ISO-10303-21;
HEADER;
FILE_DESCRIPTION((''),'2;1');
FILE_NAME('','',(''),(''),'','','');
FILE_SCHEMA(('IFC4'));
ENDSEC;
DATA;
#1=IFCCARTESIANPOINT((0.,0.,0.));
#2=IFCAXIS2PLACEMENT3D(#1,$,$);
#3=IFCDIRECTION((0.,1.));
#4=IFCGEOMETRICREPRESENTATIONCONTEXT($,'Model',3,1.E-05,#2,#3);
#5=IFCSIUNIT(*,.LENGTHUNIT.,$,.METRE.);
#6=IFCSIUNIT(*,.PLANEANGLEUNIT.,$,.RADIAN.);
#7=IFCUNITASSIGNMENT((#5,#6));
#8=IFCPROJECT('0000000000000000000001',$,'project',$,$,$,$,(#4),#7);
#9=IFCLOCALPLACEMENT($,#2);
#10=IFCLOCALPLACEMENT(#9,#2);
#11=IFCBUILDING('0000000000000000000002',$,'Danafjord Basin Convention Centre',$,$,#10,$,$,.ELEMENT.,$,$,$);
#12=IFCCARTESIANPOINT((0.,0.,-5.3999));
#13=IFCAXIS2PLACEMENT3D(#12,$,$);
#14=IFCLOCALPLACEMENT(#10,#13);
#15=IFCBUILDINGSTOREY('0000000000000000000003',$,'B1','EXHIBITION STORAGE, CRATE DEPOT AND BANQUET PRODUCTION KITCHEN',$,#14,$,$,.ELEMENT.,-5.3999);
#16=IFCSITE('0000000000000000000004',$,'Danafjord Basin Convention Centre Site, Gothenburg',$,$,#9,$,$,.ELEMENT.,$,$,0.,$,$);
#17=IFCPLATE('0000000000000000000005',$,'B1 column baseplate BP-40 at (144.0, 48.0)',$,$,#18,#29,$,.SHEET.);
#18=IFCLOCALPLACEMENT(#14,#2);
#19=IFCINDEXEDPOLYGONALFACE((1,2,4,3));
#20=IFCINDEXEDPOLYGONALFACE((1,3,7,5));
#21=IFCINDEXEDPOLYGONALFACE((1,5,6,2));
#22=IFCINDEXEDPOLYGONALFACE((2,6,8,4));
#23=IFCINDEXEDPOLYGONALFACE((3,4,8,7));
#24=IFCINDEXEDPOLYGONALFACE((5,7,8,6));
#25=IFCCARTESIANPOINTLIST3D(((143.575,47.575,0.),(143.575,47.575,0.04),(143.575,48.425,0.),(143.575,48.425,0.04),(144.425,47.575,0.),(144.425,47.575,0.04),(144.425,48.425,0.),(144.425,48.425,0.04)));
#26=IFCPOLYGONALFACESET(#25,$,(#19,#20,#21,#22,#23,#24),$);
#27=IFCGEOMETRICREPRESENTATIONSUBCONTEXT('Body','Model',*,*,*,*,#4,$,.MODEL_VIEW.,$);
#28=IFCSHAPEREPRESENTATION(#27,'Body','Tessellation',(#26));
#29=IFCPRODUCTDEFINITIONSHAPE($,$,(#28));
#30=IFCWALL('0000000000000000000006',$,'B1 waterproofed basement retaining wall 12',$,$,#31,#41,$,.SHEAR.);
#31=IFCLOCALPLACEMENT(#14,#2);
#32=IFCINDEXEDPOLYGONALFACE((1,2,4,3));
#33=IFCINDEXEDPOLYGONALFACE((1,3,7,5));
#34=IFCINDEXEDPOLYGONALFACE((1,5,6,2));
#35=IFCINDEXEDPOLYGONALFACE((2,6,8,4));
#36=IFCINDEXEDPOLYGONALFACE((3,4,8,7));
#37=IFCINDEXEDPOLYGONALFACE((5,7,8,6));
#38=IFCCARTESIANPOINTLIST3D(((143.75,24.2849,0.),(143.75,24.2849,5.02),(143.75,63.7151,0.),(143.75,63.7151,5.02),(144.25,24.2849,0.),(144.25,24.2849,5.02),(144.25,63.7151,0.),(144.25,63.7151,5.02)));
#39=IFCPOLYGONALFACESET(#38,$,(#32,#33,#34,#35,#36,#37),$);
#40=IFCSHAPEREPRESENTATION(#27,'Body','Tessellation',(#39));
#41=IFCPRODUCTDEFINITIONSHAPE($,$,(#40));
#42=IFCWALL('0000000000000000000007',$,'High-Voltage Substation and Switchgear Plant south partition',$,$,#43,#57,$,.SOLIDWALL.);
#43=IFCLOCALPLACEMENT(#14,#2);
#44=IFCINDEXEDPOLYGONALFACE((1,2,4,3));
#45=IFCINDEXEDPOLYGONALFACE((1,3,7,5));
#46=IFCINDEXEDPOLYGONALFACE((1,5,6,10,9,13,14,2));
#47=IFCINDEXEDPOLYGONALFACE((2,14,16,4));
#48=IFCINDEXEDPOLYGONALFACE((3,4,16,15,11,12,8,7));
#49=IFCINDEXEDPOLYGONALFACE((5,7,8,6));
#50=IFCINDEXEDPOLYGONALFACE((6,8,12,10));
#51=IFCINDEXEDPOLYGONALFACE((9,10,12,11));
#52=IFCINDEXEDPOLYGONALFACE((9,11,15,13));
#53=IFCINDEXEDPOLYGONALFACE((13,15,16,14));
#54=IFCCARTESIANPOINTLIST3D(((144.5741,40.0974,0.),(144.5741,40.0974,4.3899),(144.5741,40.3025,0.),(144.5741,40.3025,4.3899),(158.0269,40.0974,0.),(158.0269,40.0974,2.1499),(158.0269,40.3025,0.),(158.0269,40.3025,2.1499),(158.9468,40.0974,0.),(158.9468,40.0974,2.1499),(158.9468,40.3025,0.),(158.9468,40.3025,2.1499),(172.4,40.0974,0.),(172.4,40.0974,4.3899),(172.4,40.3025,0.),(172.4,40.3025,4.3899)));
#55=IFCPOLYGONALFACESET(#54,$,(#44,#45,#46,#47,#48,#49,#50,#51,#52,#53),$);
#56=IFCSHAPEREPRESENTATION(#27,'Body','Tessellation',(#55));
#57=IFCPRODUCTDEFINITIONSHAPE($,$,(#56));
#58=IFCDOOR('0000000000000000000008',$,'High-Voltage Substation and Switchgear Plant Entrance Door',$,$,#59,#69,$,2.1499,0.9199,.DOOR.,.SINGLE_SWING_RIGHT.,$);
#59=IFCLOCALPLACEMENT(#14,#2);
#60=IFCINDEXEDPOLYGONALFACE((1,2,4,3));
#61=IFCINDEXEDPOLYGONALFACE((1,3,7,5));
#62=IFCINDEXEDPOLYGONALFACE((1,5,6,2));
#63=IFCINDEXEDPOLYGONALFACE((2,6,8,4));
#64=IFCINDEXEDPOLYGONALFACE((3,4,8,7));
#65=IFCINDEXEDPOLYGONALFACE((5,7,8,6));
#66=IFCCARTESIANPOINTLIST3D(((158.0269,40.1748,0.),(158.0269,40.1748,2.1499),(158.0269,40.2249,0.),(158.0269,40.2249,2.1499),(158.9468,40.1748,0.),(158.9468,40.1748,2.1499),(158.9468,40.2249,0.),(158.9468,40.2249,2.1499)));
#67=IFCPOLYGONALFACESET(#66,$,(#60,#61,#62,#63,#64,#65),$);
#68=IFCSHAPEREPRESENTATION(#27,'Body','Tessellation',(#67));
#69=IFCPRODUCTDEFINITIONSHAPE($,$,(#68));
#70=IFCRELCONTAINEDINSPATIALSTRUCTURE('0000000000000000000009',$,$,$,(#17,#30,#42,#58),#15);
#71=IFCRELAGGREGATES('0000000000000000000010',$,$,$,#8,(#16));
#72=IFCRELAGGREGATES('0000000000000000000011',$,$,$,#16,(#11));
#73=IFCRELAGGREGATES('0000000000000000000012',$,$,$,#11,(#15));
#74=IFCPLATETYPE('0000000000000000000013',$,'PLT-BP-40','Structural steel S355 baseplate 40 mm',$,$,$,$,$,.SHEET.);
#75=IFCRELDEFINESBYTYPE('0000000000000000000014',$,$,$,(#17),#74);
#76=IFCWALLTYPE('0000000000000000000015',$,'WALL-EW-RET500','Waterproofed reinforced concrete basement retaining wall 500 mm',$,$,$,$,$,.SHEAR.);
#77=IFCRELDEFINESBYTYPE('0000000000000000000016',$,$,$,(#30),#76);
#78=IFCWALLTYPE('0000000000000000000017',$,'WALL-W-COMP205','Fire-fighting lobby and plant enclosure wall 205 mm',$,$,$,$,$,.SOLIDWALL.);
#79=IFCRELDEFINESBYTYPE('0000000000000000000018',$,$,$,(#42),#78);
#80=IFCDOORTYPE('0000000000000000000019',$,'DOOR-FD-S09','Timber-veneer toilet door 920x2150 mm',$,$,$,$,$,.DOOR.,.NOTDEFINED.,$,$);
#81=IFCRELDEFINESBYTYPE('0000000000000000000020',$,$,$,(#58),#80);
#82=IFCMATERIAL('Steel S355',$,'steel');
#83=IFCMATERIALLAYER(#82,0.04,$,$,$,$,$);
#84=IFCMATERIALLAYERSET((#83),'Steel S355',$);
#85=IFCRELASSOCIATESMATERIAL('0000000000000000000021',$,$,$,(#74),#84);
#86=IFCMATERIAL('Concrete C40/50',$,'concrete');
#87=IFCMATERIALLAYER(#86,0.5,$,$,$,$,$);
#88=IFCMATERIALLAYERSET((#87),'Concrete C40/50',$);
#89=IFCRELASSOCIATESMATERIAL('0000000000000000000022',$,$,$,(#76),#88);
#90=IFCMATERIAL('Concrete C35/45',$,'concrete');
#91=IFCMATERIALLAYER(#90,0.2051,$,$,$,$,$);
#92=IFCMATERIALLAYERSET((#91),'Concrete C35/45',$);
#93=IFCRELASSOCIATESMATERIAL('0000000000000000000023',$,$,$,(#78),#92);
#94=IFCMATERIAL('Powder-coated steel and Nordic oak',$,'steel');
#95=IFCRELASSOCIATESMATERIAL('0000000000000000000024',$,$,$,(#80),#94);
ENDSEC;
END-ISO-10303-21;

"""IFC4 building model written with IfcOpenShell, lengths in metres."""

from ifc_helpers import new_model, si_unit, direction, frame, frame_2d, origin, origin_2d, place, context, subcontext, project, spatial, rectangle, extrude, material, layer, layer_set, type_object, element, fill, save


model = new_model("IFC4")

# Units and contexts
model_context = context("Model", 3, precision=1e-05, world=origin(), true_north=direction((0.0, 1.0)))
body_context = subcontext(model_context, "Body", "Model", "MODEL_VIEW")
ifc_project = project(units=[si_unit("LENGTHUNIT", "METRE"), si_unit("PLANEANGLEUNIT", "RADIAN")], contexts=[model_context])

# Site, building, storey
site_placement = place(None, origin())
site = spatial("IfcSite", under=ifc_project, at=site_placement, Name="Danafjord Basin Convention Centre Site, Gothenburg", CompositionType="ELEMENT", RefElevation=0.0)
building_placement = place(site_placement, origin())
building = spatial("IfcBuilding", under=site, at=building_placement, Name="Danafjord Basin Convention Centre", CompositionType="ELEMENT")
storey_placement = place(building_placement, frame((0.0, 0.0, -5.3999)))
storey = spatial("IfcBuildingStorey", under=building, at=storey_placement, Name="B1", Description="EXHIBITION STORAGE, CRATE DEPOT AND BANQUET PRODUCTION KITCHEN", CompositionType="ELEMENT", Elevation=-5.3999)

# Shared definitions
ifc_material_1 = material(Name="Concrete C40/50", Category="concrete")
ifc_material_2 = material(Name="Concrete C35/45", Category="concrete")

# Plate
ifc_material_3 = material(Name="Steel S355", Category="steel")
ifc_layer_1 = layer(ifc_material_3, 0.04)
ifc_layer_set_1 = layer_set([ifc_layer_1], Name="Steel S355")
plate_type = type_object("IfcPlateType", Name="PLT-BP-40", Description="Structural steel S355 baseplate 40 mm", PredefinedType="SHEET", material=ifc_layer_set_1)
plate_placement = place(storey_placement, frame((144.0, 48.0, 0.0), z_axis=(0.0, 0.0, 1.0), x_axis=(1.0, 0.0, 0.0)))
element("IfcPlate", 1, at=plate_placement, inside=storey, type_object=plate_type, Name="B1 column baseplate BP-40 at (144.0, 48.0)", PredefinedType="SHEET", context=body_context, shape_type="SweptSolid", body=[
    extrude(rectangle(XDim=0.8501, YDim=0.8501, at=origin_2d()), origin(), (0.0, 0.0, 1.0), 0.04),
])

# Wall
ifc_layer_2 = layer(ifc_material_1, 0.5)
ifc_layer_set_2 = layer_set([ifc_layer_2], Name="Concrete C40/50")
wall_type_1 = type_object("IfcWallType", Name="WALL-EW-RET500", Description="Waterproofed reinforced concrete basement retaining wall 500 mm", PredefinedType="SHEAR", material=ifc_layer_set_2)
wall_1_placement = place(storey_placement, frame((144.0, 24.2849, 0.0), z_axis=(0.0, 0.0, 1.0), x_axis=(0.0, 1.0, 0.0)))
element("IfcWall", 2, at=wall_1_placement, inside=storey, type_object=wall_type_1, Name="B1 waterproofed basement retaining wall 12", PredefinedType="SHEAR", context=body_context, shape_type="SweptSolid", body=[
    extrude(rectangle(XDim=39.4302, YDim=0.5, at=frame_2d((19.7151, 0.0))), origin(), (0.0, 0.0, 1.0), 5.02),
])

# Wall, opening, door
ifc_layer_3 = layer(ifc_material_2, 0.2051)
ifc_layer_set_3 = layer_set([ifc_layer_3], Name="Concrete C35/45")
wall_type_2 = type_object("IfcWallType", Name="WALL-W-COMP205", Description="Fire-fighting lobby and plant enclosure wall 205 mm", PredefinedType="SOLIDWALL", material=ifc_layer_set_3)
wall_2_placement = place(storey_placement, frame((144.574, 40.2, 0.0), z_axis=(0.0, 0.0, 1.0), x_axis=(1.0, 0.0, 0.0)))
wall_2 = element("IfcWall", 3, at=wall_2_placement, inside=storey, type_object=wall_type_2, Name="High-Voltage Substation and Switchgear Plant south partition", PredefinedType="SOLIDWALL", context=body_context, shape_type="SweptSolid", body=[
    extrude(rectangle(XDim=27.8259, YDim=0.2051, at=frame_2d((13.9131, 0.0))), origin(), (0.0, 0.0, 1.0), 4.3899),
])
opening_placement = place(wall_2_placement, frame((13.4529, 0.0, 0.0)))
opening = element("IfcOpeningElement", 4, at=opening_placement, cuts=wall_2, PredefinedType="OPENING", context=body_context, shape_type="SweptSolid", body=[
    extrude(rectangle(XDim=0.9199, YDim=2.1499, at=frame_2d((0.46, 1.075))), frame((0.0, 0.1125, 0.0), z_axis=(0.0, -1.0, 0.0), x_axis=(1.0, 0.0, 0.0)), (0.0, 0.0, 1.0), 0.2251),
])
ifc_material_4 = material(Name="Powder-coated steel and Nordic oak", Category="steel")
door_type = type_object("IfcDoorType", Name="DOOR-FD-S09", Description="Timber-veneer toilet door 920x2150 mm", OperationType="NOTDEFINED", PredefinedType="DOOR", material=ifc_material_4)
door_placement = place(opening_placement, origin())
door = element("IfcDoor", 5, at=door_placement, inside=storey, type_object=door_type, Name="High-Voltage Substation and Switchgear Plant Entrance Door", OperationType="SINGLE_SWING_RIGHT", OverallHeight=2.1499, OverallWidth=0.9199, PredefinedType="DOOR", context=body_context, shape_type="SweptSolid", body=[
    extrude(rectangle(XDim=0.9199, YDim=2.1499, at=frame_2d((0.46, 1.075))), frame((0.0, 0.0249, 0.0), z_axis=(0.0, -1.0, 0.0), x_axis=(1.0, 0.0, 0.0)), (0.0, 0.0, 1.0), 0.05),
])
fill(opening, door)

save(model, "model.ifc")
